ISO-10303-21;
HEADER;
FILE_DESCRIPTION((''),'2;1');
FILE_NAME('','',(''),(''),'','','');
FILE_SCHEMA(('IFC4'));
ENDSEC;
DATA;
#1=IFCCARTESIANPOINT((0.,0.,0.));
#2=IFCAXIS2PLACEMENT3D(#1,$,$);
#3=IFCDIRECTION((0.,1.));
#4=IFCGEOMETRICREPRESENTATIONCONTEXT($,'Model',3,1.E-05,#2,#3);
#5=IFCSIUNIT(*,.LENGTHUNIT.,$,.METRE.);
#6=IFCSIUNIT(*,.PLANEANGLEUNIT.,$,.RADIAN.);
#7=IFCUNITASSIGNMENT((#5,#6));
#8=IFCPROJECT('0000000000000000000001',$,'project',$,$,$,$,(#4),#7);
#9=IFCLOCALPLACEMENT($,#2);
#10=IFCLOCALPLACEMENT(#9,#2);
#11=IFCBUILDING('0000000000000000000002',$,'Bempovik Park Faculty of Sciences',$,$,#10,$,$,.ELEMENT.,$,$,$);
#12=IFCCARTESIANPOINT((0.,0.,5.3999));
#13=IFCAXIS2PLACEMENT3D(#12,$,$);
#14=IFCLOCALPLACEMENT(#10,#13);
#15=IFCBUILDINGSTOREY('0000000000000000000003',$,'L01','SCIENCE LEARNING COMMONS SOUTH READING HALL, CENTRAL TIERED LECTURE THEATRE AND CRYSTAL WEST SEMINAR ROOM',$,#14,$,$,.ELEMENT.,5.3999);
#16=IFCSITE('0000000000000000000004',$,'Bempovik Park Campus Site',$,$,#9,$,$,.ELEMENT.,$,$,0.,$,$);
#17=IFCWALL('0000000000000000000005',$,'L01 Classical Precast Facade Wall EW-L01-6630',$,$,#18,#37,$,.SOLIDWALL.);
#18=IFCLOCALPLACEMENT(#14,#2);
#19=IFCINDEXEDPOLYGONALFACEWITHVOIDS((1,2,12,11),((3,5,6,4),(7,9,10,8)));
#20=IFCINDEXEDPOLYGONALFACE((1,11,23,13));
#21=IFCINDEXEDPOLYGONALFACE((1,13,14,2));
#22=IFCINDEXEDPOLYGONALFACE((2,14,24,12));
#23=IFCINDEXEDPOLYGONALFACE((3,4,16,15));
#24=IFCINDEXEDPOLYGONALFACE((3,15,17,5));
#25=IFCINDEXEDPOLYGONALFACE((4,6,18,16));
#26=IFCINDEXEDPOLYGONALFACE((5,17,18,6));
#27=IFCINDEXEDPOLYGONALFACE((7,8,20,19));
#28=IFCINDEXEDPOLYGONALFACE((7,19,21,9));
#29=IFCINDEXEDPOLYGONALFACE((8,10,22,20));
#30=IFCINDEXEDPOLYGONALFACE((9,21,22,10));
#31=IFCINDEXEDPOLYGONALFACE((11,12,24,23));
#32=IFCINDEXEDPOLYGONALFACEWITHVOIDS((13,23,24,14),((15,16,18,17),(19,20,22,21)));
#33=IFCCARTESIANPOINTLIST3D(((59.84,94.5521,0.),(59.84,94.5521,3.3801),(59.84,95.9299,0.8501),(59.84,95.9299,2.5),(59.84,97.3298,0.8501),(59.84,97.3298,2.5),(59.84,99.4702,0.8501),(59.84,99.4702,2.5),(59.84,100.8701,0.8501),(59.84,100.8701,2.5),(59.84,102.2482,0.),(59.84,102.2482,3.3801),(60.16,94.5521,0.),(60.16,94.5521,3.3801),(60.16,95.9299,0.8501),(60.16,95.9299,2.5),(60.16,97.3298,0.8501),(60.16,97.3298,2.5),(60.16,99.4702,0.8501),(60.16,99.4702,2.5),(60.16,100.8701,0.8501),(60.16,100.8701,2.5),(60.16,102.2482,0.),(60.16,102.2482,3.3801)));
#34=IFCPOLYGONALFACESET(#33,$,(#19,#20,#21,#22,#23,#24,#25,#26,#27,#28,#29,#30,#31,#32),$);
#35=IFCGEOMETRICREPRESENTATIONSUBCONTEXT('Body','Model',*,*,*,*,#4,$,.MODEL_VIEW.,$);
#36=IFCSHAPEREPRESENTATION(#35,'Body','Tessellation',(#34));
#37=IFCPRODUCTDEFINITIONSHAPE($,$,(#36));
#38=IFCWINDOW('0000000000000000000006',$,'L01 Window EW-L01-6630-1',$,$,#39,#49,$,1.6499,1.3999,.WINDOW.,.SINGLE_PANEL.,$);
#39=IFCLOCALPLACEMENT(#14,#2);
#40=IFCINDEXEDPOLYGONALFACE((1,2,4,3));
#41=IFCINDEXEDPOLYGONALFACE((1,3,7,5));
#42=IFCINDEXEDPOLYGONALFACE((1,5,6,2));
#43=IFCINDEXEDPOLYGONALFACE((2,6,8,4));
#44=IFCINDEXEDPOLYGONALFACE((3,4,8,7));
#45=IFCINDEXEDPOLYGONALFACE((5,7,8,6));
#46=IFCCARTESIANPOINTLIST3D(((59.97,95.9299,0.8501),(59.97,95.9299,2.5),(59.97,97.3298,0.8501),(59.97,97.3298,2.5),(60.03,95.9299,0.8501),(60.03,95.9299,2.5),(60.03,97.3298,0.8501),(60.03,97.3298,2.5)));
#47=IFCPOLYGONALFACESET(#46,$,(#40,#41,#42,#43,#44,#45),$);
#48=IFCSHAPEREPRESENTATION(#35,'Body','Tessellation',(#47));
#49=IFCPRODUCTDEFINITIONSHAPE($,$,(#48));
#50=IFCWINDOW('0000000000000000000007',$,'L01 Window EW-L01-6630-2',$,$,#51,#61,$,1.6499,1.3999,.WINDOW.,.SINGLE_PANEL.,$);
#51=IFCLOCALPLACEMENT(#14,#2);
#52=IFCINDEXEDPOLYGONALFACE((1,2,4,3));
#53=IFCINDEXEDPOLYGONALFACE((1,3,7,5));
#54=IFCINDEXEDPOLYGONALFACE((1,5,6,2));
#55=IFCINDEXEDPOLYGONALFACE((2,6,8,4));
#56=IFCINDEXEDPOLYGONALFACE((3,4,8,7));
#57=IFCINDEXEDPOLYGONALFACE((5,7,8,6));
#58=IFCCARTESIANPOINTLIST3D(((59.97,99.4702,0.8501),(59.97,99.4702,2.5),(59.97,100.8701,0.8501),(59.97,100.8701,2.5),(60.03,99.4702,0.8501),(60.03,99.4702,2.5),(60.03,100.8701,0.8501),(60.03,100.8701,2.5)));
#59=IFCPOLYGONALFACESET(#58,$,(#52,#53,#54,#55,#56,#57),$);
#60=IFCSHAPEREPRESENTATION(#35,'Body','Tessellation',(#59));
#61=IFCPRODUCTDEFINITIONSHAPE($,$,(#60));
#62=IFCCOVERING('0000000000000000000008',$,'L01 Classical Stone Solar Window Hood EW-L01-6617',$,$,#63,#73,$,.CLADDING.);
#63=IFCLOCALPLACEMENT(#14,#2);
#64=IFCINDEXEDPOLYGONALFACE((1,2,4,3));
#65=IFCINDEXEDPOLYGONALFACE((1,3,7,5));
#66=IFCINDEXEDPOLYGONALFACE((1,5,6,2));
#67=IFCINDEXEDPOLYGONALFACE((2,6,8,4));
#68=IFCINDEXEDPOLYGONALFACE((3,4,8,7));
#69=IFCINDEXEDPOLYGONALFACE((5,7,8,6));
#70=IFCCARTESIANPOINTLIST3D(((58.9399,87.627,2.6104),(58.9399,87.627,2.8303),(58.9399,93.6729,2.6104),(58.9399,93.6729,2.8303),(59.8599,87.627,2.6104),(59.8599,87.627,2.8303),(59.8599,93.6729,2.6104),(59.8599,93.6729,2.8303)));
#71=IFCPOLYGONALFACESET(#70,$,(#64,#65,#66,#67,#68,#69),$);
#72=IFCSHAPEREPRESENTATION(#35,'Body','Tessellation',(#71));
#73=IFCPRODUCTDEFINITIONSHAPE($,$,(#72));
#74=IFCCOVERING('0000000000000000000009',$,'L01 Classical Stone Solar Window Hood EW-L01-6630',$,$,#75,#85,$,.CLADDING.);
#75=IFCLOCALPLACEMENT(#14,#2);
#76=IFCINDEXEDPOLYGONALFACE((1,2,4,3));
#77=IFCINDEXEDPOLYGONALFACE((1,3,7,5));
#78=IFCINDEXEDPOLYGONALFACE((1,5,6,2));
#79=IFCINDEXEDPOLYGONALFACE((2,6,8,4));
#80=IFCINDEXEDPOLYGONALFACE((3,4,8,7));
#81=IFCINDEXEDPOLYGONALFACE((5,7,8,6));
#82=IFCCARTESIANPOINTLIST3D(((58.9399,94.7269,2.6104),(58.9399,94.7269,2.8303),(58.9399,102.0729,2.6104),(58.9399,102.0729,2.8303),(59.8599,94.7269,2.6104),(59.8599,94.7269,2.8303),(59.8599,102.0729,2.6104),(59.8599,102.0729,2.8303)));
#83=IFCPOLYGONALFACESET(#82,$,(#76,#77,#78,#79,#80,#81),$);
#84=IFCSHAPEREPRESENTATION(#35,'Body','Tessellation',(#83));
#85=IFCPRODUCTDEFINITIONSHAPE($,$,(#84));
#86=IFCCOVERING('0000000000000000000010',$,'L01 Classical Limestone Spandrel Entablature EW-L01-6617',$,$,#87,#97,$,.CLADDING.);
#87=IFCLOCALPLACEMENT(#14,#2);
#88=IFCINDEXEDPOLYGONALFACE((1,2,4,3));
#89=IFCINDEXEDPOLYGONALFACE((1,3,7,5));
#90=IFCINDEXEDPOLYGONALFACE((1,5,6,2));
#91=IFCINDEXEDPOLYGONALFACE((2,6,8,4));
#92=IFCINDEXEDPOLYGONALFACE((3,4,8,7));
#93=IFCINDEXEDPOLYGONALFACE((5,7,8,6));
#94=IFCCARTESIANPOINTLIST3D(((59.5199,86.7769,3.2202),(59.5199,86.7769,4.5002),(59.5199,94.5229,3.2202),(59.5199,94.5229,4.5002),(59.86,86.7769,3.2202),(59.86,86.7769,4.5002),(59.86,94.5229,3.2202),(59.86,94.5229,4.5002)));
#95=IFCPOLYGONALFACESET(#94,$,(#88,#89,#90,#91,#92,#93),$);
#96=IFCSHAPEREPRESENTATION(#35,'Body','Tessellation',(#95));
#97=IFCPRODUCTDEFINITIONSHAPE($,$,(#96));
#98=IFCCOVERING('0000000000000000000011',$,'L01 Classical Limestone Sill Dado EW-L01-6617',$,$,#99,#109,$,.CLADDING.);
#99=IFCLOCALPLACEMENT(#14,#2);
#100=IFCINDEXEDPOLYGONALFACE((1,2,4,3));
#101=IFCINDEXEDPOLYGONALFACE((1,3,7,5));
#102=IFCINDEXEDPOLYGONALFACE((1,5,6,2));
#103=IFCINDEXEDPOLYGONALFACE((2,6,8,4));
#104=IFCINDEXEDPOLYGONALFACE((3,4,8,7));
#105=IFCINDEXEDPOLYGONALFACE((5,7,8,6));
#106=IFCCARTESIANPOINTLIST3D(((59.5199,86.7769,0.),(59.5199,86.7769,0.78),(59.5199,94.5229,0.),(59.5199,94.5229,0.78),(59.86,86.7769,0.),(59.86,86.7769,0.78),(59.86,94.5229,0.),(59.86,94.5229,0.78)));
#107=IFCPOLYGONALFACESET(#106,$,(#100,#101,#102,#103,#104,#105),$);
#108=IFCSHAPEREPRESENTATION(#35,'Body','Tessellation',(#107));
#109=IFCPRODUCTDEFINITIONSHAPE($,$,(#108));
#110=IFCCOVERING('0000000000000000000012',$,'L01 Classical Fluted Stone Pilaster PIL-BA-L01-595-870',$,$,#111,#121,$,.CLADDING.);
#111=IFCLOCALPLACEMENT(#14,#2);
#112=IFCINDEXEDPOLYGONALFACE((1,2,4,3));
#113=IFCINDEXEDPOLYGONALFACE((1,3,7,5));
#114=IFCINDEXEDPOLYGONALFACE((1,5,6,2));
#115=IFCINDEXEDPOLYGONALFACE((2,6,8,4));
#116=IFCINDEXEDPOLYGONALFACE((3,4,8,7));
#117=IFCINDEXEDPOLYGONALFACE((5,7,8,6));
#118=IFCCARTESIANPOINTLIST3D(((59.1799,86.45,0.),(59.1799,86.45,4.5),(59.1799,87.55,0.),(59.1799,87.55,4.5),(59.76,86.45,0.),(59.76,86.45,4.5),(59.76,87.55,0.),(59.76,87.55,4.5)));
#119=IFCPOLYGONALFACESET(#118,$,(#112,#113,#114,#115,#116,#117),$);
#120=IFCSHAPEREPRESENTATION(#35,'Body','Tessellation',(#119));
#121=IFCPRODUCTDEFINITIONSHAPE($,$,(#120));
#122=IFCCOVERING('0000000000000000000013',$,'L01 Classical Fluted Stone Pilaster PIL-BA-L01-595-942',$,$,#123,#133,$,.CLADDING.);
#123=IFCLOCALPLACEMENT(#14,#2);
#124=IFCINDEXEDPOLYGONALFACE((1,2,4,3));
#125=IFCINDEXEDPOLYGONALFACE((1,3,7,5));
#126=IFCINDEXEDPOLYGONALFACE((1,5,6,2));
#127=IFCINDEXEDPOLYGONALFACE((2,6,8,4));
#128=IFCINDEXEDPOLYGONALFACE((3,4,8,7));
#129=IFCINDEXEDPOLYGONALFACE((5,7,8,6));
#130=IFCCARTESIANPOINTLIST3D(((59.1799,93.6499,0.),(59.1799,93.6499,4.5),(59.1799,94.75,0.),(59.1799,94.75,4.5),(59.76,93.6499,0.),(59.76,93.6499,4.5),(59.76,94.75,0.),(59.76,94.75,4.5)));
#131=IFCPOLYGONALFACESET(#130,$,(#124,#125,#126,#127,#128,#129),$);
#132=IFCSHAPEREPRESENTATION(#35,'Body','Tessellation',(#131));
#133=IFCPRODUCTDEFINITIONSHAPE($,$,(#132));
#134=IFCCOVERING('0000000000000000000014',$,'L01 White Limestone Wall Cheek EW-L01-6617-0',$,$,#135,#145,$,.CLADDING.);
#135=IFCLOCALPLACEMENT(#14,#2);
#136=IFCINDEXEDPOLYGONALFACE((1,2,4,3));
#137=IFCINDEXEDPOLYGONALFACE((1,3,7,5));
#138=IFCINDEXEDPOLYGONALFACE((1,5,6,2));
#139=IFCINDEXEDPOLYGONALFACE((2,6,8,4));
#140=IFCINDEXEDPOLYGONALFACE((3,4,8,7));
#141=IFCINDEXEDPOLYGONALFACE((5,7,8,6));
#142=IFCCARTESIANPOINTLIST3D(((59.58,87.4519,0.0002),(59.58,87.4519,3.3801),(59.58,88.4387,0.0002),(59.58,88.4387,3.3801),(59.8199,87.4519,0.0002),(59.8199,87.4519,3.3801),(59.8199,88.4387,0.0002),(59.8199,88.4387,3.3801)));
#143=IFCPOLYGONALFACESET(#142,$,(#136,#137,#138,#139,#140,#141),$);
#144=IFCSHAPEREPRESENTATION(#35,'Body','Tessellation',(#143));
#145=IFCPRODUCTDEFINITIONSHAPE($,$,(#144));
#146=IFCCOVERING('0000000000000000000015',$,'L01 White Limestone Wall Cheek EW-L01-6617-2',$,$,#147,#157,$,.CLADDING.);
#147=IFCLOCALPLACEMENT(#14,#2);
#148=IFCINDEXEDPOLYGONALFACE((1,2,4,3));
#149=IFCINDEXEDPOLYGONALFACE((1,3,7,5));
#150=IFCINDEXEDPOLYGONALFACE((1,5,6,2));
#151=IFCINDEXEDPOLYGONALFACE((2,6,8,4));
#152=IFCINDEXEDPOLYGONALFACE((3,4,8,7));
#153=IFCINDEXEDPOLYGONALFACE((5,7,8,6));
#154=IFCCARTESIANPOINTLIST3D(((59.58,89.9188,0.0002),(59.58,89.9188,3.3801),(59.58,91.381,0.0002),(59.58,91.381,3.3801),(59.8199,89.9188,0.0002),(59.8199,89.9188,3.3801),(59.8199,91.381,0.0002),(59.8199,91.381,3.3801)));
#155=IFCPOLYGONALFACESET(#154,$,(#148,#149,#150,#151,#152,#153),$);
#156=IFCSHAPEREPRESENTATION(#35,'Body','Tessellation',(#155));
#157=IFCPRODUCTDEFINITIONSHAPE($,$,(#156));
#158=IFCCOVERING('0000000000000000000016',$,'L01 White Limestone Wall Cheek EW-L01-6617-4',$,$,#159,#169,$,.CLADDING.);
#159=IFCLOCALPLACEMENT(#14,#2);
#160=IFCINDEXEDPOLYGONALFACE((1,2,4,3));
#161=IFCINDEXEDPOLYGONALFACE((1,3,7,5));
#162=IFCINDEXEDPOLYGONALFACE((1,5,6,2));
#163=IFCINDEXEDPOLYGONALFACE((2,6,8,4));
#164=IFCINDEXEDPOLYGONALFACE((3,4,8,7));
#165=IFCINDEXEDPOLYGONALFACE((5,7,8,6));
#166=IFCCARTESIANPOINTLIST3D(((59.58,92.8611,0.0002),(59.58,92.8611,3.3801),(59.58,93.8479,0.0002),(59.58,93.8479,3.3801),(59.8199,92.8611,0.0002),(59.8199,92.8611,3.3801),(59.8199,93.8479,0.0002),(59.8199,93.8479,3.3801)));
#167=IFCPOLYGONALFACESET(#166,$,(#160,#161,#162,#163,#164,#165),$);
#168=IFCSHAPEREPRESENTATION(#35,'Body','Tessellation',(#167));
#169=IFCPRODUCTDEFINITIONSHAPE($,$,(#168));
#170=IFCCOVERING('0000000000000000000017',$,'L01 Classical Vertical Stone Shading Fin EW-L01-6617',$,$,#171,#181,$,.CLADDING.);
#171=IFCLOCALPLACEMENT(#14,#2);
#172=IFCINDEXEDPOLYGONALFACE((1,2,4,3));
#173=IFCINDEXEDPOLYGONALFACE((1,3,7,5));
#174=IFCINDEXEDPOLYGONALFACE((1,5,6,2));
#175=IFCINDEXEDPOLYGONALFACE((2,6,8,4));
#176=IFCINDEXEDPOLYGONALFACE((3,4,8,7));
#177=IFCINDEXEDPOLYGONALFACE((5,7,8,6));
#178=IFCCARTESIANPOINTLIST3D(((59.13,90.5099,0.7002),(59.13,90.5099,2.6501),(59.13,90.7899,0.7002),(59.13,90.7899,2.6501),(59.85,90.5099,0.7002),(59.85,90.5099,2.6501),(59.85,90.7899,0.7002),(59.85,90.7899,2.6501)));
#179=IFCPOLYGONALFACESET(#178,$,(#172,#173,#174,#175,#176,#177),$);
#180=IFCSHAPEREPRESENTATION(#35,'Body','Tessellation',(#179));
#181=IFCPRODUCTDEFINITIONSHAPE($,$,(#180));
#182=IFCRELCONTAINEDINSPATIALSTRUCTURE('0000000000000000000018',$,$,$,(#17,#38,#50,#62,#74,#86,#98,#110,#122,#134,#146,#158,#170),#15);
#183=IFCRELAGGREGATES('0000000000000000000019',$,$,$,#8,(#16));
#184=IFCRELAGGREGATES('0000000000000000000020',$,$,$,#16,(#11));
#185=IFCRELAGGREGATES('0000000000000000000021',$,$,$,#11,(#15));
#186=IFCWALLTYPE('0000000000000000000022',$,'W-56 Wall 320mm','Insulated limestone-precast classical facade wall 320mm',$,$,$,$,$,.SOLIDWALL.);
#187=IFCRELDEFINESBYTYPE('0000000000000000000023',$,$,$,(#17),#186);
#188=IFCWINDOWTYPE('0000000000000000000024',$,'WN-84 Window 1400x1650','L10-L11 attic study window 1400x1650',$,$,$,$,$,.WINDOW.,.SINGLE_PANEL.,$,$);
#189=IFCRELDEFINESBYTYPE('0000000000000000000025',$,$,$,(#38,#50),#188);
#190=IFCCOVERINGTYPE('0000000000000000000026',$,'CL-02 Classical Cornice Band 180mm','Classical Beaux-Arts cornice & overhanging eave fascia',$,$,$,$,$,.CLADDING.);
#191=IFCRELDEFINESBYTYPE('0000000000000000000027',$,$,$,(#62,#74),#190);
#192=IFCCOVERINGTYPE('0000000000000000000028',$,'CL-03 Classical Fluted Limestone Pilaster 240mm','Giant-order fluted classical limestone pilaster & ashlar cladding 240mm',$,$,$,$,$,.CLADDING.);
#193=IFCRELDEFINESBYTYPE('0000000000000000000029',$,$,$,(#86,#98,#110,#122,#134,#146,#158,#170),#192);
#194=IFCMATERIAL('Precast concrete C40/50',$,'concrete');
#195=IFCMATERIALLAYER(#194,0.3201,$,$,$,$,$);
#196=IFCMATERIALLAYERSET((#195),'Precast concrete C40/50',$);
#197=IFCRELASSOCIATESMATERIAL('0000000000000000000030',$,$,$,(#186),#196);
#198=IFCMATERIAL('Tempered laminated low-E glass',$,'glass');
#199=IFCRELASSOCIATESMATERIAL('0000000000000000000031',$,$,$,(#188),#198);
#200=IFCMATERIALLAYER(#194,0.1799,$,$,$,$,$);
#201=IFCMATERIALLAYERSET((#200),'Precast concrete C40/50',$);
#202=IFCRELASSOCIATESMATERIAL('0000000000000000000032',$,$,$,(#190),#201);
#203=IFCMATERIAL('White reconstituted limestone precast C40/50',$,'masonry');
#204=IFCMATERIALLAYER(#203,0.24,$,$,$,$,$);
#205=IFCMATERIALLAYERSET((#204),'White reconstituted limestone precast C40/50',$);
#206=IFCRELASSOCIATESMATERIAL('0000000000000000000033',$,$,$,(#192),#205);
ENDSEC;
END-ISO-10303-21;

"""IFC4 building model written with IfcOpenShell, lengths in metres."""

from ifc_helpers import new_model, si_unit, direction, frame, frame_2d, origin, origin_2d, place, context, subcontext, project, spatial, rectangle, extrude, material, layer, layer_set, type_object, element, fill, save


model = new_model("IFC4")

# Units and contexts
model_context = context("Model", 3, precision=1e-05, world=origin(), true_north=direction((0.0, 1.0)))
body_context = subcontext(model_context, "Body", "Model", "MODEL_VIEW")
ifc_project = project(units=[si_unit("LENGTHUNIT", "METRE"), si_unit("PLANEANGLEUNIT", "RADIAN")], contexts=[model_context])

# Site, building, storey
site_placement = place(None, origin())
site = spatial("IfcSite", under=ifc_project, at=site_placement, Name="Bempovik Park Campus Site", CompositionType="ELEMENT", RefElevation=0.0)
building_placement = place(site_placement, origin())
building = spatial("IfcBuilding", under=site, at=building_placement, Name="Bempovik Park Faculty of Sciences", CompositionType="ELEMENT")
storey_placement = place(building_placement, frame((0.0, 0.0, 5.3999)))
storey = spatial("IfcBuildingStorey", under=building, at=storey_placement, Name="L01", Description="SCIENCE LEARNING COMMONS SOUTH READING HALL, CENTRAL TIERED LECTURE THEATRE AND CRYSTAL WEST SEMINAR ROOM", CompositionType="ELEMENT", Elevation=5.3999)

# Shared definitions
ifc_material_1 = material(Name="Tempered laminated low-E glass", Category="glass")

# Wall, openings, windows
ifc_material_2 = material(Name="Precast concrete C40/50", Category="concrete")
ifc_layer_1 = layer(ifc_material_2, 0.3201)
ifc_layer_set_1 = layer_set([ifc_layer_1], Name="Precast concrete C40/50")
wall_type = type_object("IfcWallType", Name="W-56 Wall 320mm", Description="Insulated limestone-precast classical facade wall 320mm", PredefinedType="SOLIDWALL", material=ifc_layer_set_1)
window_type = type_object("IfcWindowType", Name="WN-84 Window 1400x1650", Description="L10-L11 attic study window 1400x1650", PartitioningType="SINGLE_PANEL", PredefinedType="WINDOW", material=ifc_material_1)
wall_1_placement = place(storey_placement, frame((60.0, 94.552, 0.0), z_axis=(0.0, 0.0, 1.0), x_axis=(0.0, 1.0, 0.0)))
wall_1 = element("IfcWall", 1, at=wall_1_placement, inside=storey, type_object=wall_type, Name="L01 Classical Precast Facade Wall EW-L01-6630", PredefinedType="SOLIDWALL", context=body_context, shape_type="SweptSolid", body=[
    extrude(rectangle(XDim=7.696, YDim=0.3201, at=frame_2d((3.8481, 0.0))), origin(), (0.0, 0.0, 1.0), 3.3801),
])
opening_1_placement = place(wall_1_placement, frame((1.3779, 0.0, 0.8501)))
opening_1 = element("IfcOpeningElement", 2, at=opening_1_placement, cuts=wall_1, PredefinedType="OPENING", context=body_context, shape_type="SweptSolid", body=[
    extrude(rectangle(XDim=1.3999, YDim=1.6499, at=frame_2d((0.7, 0.825))), frame((0.0, 0.1699, 0.0), z_axis=(0.0, -1.0, 0.0), x_axis=(1.0, 0.0, 0.0)), (0.0, 0.0, 1.0), 0.3401),
])
opening_2_placement = place(wall_1_placement, frame((4.9182, 0.0, 0.8501)))
opening_2 = element("IfcOpeningElement", 3, at=opening_2_placement, cuts=wall_1, PredefinedType="OPENING", context=body_context, shape_type="SweptSolid", body=[
    extrude(rectangle(XDim=1.3999, YDim=1.6499, at=frame_2d((0.7, 0.825))), frame((0.0, 0.1699, 0.0), z_axis=(0.0, -1.0, 0.0), x_axis=(1.0, 0.0, 0.0)), (0.0, 0.0, 1.0), 0.3401),
])
window_1_placement = place(opening_1_placement, origin())
window_1 = element("IfcWindow", 4, at=window_1_placement, inside=storey, type_object=window_type, Name="L01 Window EW-L01-6630-1", OverallHeight=1.6499, OverallWidth=1.3999, PartitioningType="SINGLE_PANEL", PredefinedType="WINDOW", context=body_context, shape_type="SweptSolid", body=[
    extrude(rectangle(XDim=1.3999, YDim=1.6499, at=frame_2d((0.7, 0.825))), frame((0.0, 0.03, 0.0), z_axis=(0.0, -1.0, 0.0), x_axis=(1.0, 0.0, 0.0)), (0.0, 0.0, 1.0), 0.0601),
])
fill(opening_1, window_1)
window_2_placement = place(opening_2_placement, origin())
window_2 = element("IfcWindow", 5, at=window_2_placement, inside=storey, type_object=window_type, Name="L01 Window EW-L01-6630-2", OverallHeight=1.6499, OverallWidth=1.3999, PartitioningType="SINGLE_PANEL", PredefinedType="WINDOW", context=body_context, shape_type="SweptSolid", body=[
    extrude(rectangle(XDim=1.3999, YDim=1.6499, at=frame_2d((0.7, 0.825))), frame((0.0, 0.03, 0.0), z_axis=(0.0, -1.0, 0.0), x_axis=(1.0, 0.0, 0.0)), (0.0, 0.0, 1.0), 0.0601),
])
fill(opening_2, window_2)

# Coverings
ifc_layer_2 = layer(ifc_material_2, 0.1799)
ifc_layer_set_2 = layer_set([ifc_layer_2], Name="Precast concrete C40/50")
covering_type_1 = type_object("IfcCoveringType", Name="CL-02 Classical Cornice Band 180mm", Description="Classical Beaux-Arts cornice & overhanging eave fascia", PredefinedType="CLADDING", material=ifc_layer_set_2)
covering_1_placement = place(storey_placement, frame((59.3999, 90.6499, 2.6104), z_axis=(0.0, 0.0, 1.0), x_axis=(1.0, 0.0, 0.0)))
element("IfcCovering", 6, at=covering_1_placement, inside=storey, type_object=covering_type_1, Name="L01 Classical Stone Solar Window Hood EW-L01-6617", PredefinedType="CLADDING", context=body_context, shape_type="SweptSolid", body=[
    extrude(rectangle(XDim=0.9199, YDim=6.0459, at=origin_2d()), origin(), (0.0, 0.0, 1.0), 0.22),
])
covering_2_placement = place(storey_placement, frame((59.3999, 98.3999, 2.6104), z_axis=(0.0, 0.0, 1.0), x_axis=(1.0, 0.0, 0.0)))
element("IfcCovering", 7, at=covering_2_placement, inside=storey, type_object=covering_type_1, Name="L01 Classical Stone Solar Window Hood EW-L01-6630", PredefinedType="CLADDING", context=body_context, shape_type="SweptSolid", body=[
    extrude(rectangle(XDim=0.9199, YDim=7.3459, at=origin_2d()), origin(), (0.0, 0.0, 1.0), 0.22),
])
ifc_material_3 = material(Name="White reconstituted limestone precast C40/50", Category="masonry")
ifc_layer_3 = layer(ifc_material_3, 0.24)
ifc_layer_set_3 = layer_set([ifc_layer_3], Name="White reconstituted limestone precast C40/50")
covering_type_2 = type_object("IfcCoveringType", Name="CL-03 Classical Fluted Limestone Pilaster 240mm", Description="Giant-order fluted classical limestone pilaster & ashlar cladding 240mm", PredefinedType="CLADDING", material=ifc_layer_set_3)
covering_3_placement = place(storey_placement, frame((59.6899, 90.6499, 3.2202), z_axis=(0.0, 0.0, 1.0), x_axis=(1.0, 0.0, 0.0)))
element("IfcCovering", 8, at=covering_3_placement, inside=storey, type_object=covering_type_2, Name="L01 Classical Limestone Spandrel Entablature EW-L01-6617", PredefinedType="CLADDING", context=body_context, shape_type="SweptSolid", body=[
    extrude(rectangle(XDim=0.3401, YDim=7.7461, at=origin_2d()), origin(), (0.0, 0.0, 1.0), 1.28),
])
covering_4_placement = place(storey_placement, frame((59.6899, 90.6499, 0.0), z_axis=(0.0, 0.0, 1.0), x_axis=(1.0, 0.0, 0.0)))
element("IfcCovering", 9, at=covering_4_placement, inside=storey, type_object=covering_type_2, Name="L01 Classical Limestone Sill Dado EW-L01-6617", PredefinedType="CLADDING", context=body_context, shape_type="SweptSolid", body=[
    extrude(rectangle(XDim=0.3401, YDim=7.7461, at=origin_2d()), origin(), (0.0, 0.0, 1.0), 0.78),
])
for number, where, z_axis, x_axis, name in (
    (10, (59.47, 87.0, 0.0), (0.0, 0.0, 1.0), (1.0, 0.0, 0.0), "L01 Classical Fluted Stone Pilaster PIL-BA-L01-595-870"),
    (11, (59.47, 94.2, 0.0), (0.0, 0.0, 1.0), (1.0, 0.0, 0.0), "L01 Classical Fluted Stone Pilaster PIL-BA-L01-595-942"),
):
    element("IfcCovering", number, at=place(storey_placement, frame(where, z_axis=z_axis, x_axis=x_axis)), inside=storey, type_object=covering_type_2, Name=name, PredefinedType="CLADDING", context=body_context, shape_type="SweptSolid", body=[
        extrude(rectangle(XDim=0.5801, YDim=1.1001, at=origin_2d()), origin(), (0.0, 0.0, 1.0), 4.5),
    ])
covering_5_placement = place(storey_placement, frame((59.7, 87.9453, 0.0002), z_axis=(0.0, 0.0, 1.0), x_axis=(1.0, 0.0, 0.0)))
element("IfcCovering", 12, at=covering_5_placement, inside=storey, type_object=covering_type_2, Name="L01 White Limestone Wall Cheek EW-L01-6617-0", PredefinedType="CLADDING", context=body_context, shape_type="SweptSolid", body=[
    extrude(rectangle(XDim=0.24, YDim=0.9868, at=origin_2d()), origin(), (0.0, 0.0, 1.0), 3.3799),
])
covering_6_placement = place(storey_placement, frame((59.7, 90.6499, 0.0002), z_axis=(0.0, 0.0, 1.0), x_axis=(1.0, 0.0, 0.0)))
element("IfcCovering", 13, at=covering_6_placement, inside=storey, type_object=covering_type_2, Name="L01 White Limestone Wall Cheek EW-L01-6617-2", PredefinedType="CLADDING", context=body_context, shape_type="SweptSolid", body=[
    extrude(rectangle(XDim=0.24, YDim=1.4622, at=origin_2d()), origin(), (0.0, 0.0, 1.0), 3.3799),
])
covering_7_placement = place(storey_placement, frame((59.7, 93.3545, 0.0002), z_axis=(0.0, 0.0, 1.0), x_axis=(1.0, 0.0, 0.0)))
element("IfcCovering", 14, at=covering_7_placement, inside=storey, type_object=covering_type_2, Name="L01 White Limestone Wall Cheek EW-L01-6617-4", PredefinedType="CLADDING", context=body_context, shape_type="SweptSolid", body=[
    extrude(rectangle(XDim=0.24, YDim=0.9868, at=origin_2d()), origin(), (0.0, 0.0, 1.0), 3.3799),
])
covering_8_placement = place(storey_placement, frame((59.49, 90.6499, 0.7002), z_axis=(0.0, 0.0, 1.0), x_axis=(1.0, 0.0, 0.0)))
element("IfcCovering", 15, at=covering_8_placement, inside=storey, type_object=covering_type_2, Name="L01 Classical Vertical Stone Shading Fin EW-L01-6617", PredefinedType="CLADDING", context=body_context, shape_type="SweptSolid", body=[
    extrude(rectangle(XDim=0.72, YDim=0.28, at=origin_2d()), origin(), (0.0, 0.0, 1.0), 1.95),
])

save(model, "model.ifc")
